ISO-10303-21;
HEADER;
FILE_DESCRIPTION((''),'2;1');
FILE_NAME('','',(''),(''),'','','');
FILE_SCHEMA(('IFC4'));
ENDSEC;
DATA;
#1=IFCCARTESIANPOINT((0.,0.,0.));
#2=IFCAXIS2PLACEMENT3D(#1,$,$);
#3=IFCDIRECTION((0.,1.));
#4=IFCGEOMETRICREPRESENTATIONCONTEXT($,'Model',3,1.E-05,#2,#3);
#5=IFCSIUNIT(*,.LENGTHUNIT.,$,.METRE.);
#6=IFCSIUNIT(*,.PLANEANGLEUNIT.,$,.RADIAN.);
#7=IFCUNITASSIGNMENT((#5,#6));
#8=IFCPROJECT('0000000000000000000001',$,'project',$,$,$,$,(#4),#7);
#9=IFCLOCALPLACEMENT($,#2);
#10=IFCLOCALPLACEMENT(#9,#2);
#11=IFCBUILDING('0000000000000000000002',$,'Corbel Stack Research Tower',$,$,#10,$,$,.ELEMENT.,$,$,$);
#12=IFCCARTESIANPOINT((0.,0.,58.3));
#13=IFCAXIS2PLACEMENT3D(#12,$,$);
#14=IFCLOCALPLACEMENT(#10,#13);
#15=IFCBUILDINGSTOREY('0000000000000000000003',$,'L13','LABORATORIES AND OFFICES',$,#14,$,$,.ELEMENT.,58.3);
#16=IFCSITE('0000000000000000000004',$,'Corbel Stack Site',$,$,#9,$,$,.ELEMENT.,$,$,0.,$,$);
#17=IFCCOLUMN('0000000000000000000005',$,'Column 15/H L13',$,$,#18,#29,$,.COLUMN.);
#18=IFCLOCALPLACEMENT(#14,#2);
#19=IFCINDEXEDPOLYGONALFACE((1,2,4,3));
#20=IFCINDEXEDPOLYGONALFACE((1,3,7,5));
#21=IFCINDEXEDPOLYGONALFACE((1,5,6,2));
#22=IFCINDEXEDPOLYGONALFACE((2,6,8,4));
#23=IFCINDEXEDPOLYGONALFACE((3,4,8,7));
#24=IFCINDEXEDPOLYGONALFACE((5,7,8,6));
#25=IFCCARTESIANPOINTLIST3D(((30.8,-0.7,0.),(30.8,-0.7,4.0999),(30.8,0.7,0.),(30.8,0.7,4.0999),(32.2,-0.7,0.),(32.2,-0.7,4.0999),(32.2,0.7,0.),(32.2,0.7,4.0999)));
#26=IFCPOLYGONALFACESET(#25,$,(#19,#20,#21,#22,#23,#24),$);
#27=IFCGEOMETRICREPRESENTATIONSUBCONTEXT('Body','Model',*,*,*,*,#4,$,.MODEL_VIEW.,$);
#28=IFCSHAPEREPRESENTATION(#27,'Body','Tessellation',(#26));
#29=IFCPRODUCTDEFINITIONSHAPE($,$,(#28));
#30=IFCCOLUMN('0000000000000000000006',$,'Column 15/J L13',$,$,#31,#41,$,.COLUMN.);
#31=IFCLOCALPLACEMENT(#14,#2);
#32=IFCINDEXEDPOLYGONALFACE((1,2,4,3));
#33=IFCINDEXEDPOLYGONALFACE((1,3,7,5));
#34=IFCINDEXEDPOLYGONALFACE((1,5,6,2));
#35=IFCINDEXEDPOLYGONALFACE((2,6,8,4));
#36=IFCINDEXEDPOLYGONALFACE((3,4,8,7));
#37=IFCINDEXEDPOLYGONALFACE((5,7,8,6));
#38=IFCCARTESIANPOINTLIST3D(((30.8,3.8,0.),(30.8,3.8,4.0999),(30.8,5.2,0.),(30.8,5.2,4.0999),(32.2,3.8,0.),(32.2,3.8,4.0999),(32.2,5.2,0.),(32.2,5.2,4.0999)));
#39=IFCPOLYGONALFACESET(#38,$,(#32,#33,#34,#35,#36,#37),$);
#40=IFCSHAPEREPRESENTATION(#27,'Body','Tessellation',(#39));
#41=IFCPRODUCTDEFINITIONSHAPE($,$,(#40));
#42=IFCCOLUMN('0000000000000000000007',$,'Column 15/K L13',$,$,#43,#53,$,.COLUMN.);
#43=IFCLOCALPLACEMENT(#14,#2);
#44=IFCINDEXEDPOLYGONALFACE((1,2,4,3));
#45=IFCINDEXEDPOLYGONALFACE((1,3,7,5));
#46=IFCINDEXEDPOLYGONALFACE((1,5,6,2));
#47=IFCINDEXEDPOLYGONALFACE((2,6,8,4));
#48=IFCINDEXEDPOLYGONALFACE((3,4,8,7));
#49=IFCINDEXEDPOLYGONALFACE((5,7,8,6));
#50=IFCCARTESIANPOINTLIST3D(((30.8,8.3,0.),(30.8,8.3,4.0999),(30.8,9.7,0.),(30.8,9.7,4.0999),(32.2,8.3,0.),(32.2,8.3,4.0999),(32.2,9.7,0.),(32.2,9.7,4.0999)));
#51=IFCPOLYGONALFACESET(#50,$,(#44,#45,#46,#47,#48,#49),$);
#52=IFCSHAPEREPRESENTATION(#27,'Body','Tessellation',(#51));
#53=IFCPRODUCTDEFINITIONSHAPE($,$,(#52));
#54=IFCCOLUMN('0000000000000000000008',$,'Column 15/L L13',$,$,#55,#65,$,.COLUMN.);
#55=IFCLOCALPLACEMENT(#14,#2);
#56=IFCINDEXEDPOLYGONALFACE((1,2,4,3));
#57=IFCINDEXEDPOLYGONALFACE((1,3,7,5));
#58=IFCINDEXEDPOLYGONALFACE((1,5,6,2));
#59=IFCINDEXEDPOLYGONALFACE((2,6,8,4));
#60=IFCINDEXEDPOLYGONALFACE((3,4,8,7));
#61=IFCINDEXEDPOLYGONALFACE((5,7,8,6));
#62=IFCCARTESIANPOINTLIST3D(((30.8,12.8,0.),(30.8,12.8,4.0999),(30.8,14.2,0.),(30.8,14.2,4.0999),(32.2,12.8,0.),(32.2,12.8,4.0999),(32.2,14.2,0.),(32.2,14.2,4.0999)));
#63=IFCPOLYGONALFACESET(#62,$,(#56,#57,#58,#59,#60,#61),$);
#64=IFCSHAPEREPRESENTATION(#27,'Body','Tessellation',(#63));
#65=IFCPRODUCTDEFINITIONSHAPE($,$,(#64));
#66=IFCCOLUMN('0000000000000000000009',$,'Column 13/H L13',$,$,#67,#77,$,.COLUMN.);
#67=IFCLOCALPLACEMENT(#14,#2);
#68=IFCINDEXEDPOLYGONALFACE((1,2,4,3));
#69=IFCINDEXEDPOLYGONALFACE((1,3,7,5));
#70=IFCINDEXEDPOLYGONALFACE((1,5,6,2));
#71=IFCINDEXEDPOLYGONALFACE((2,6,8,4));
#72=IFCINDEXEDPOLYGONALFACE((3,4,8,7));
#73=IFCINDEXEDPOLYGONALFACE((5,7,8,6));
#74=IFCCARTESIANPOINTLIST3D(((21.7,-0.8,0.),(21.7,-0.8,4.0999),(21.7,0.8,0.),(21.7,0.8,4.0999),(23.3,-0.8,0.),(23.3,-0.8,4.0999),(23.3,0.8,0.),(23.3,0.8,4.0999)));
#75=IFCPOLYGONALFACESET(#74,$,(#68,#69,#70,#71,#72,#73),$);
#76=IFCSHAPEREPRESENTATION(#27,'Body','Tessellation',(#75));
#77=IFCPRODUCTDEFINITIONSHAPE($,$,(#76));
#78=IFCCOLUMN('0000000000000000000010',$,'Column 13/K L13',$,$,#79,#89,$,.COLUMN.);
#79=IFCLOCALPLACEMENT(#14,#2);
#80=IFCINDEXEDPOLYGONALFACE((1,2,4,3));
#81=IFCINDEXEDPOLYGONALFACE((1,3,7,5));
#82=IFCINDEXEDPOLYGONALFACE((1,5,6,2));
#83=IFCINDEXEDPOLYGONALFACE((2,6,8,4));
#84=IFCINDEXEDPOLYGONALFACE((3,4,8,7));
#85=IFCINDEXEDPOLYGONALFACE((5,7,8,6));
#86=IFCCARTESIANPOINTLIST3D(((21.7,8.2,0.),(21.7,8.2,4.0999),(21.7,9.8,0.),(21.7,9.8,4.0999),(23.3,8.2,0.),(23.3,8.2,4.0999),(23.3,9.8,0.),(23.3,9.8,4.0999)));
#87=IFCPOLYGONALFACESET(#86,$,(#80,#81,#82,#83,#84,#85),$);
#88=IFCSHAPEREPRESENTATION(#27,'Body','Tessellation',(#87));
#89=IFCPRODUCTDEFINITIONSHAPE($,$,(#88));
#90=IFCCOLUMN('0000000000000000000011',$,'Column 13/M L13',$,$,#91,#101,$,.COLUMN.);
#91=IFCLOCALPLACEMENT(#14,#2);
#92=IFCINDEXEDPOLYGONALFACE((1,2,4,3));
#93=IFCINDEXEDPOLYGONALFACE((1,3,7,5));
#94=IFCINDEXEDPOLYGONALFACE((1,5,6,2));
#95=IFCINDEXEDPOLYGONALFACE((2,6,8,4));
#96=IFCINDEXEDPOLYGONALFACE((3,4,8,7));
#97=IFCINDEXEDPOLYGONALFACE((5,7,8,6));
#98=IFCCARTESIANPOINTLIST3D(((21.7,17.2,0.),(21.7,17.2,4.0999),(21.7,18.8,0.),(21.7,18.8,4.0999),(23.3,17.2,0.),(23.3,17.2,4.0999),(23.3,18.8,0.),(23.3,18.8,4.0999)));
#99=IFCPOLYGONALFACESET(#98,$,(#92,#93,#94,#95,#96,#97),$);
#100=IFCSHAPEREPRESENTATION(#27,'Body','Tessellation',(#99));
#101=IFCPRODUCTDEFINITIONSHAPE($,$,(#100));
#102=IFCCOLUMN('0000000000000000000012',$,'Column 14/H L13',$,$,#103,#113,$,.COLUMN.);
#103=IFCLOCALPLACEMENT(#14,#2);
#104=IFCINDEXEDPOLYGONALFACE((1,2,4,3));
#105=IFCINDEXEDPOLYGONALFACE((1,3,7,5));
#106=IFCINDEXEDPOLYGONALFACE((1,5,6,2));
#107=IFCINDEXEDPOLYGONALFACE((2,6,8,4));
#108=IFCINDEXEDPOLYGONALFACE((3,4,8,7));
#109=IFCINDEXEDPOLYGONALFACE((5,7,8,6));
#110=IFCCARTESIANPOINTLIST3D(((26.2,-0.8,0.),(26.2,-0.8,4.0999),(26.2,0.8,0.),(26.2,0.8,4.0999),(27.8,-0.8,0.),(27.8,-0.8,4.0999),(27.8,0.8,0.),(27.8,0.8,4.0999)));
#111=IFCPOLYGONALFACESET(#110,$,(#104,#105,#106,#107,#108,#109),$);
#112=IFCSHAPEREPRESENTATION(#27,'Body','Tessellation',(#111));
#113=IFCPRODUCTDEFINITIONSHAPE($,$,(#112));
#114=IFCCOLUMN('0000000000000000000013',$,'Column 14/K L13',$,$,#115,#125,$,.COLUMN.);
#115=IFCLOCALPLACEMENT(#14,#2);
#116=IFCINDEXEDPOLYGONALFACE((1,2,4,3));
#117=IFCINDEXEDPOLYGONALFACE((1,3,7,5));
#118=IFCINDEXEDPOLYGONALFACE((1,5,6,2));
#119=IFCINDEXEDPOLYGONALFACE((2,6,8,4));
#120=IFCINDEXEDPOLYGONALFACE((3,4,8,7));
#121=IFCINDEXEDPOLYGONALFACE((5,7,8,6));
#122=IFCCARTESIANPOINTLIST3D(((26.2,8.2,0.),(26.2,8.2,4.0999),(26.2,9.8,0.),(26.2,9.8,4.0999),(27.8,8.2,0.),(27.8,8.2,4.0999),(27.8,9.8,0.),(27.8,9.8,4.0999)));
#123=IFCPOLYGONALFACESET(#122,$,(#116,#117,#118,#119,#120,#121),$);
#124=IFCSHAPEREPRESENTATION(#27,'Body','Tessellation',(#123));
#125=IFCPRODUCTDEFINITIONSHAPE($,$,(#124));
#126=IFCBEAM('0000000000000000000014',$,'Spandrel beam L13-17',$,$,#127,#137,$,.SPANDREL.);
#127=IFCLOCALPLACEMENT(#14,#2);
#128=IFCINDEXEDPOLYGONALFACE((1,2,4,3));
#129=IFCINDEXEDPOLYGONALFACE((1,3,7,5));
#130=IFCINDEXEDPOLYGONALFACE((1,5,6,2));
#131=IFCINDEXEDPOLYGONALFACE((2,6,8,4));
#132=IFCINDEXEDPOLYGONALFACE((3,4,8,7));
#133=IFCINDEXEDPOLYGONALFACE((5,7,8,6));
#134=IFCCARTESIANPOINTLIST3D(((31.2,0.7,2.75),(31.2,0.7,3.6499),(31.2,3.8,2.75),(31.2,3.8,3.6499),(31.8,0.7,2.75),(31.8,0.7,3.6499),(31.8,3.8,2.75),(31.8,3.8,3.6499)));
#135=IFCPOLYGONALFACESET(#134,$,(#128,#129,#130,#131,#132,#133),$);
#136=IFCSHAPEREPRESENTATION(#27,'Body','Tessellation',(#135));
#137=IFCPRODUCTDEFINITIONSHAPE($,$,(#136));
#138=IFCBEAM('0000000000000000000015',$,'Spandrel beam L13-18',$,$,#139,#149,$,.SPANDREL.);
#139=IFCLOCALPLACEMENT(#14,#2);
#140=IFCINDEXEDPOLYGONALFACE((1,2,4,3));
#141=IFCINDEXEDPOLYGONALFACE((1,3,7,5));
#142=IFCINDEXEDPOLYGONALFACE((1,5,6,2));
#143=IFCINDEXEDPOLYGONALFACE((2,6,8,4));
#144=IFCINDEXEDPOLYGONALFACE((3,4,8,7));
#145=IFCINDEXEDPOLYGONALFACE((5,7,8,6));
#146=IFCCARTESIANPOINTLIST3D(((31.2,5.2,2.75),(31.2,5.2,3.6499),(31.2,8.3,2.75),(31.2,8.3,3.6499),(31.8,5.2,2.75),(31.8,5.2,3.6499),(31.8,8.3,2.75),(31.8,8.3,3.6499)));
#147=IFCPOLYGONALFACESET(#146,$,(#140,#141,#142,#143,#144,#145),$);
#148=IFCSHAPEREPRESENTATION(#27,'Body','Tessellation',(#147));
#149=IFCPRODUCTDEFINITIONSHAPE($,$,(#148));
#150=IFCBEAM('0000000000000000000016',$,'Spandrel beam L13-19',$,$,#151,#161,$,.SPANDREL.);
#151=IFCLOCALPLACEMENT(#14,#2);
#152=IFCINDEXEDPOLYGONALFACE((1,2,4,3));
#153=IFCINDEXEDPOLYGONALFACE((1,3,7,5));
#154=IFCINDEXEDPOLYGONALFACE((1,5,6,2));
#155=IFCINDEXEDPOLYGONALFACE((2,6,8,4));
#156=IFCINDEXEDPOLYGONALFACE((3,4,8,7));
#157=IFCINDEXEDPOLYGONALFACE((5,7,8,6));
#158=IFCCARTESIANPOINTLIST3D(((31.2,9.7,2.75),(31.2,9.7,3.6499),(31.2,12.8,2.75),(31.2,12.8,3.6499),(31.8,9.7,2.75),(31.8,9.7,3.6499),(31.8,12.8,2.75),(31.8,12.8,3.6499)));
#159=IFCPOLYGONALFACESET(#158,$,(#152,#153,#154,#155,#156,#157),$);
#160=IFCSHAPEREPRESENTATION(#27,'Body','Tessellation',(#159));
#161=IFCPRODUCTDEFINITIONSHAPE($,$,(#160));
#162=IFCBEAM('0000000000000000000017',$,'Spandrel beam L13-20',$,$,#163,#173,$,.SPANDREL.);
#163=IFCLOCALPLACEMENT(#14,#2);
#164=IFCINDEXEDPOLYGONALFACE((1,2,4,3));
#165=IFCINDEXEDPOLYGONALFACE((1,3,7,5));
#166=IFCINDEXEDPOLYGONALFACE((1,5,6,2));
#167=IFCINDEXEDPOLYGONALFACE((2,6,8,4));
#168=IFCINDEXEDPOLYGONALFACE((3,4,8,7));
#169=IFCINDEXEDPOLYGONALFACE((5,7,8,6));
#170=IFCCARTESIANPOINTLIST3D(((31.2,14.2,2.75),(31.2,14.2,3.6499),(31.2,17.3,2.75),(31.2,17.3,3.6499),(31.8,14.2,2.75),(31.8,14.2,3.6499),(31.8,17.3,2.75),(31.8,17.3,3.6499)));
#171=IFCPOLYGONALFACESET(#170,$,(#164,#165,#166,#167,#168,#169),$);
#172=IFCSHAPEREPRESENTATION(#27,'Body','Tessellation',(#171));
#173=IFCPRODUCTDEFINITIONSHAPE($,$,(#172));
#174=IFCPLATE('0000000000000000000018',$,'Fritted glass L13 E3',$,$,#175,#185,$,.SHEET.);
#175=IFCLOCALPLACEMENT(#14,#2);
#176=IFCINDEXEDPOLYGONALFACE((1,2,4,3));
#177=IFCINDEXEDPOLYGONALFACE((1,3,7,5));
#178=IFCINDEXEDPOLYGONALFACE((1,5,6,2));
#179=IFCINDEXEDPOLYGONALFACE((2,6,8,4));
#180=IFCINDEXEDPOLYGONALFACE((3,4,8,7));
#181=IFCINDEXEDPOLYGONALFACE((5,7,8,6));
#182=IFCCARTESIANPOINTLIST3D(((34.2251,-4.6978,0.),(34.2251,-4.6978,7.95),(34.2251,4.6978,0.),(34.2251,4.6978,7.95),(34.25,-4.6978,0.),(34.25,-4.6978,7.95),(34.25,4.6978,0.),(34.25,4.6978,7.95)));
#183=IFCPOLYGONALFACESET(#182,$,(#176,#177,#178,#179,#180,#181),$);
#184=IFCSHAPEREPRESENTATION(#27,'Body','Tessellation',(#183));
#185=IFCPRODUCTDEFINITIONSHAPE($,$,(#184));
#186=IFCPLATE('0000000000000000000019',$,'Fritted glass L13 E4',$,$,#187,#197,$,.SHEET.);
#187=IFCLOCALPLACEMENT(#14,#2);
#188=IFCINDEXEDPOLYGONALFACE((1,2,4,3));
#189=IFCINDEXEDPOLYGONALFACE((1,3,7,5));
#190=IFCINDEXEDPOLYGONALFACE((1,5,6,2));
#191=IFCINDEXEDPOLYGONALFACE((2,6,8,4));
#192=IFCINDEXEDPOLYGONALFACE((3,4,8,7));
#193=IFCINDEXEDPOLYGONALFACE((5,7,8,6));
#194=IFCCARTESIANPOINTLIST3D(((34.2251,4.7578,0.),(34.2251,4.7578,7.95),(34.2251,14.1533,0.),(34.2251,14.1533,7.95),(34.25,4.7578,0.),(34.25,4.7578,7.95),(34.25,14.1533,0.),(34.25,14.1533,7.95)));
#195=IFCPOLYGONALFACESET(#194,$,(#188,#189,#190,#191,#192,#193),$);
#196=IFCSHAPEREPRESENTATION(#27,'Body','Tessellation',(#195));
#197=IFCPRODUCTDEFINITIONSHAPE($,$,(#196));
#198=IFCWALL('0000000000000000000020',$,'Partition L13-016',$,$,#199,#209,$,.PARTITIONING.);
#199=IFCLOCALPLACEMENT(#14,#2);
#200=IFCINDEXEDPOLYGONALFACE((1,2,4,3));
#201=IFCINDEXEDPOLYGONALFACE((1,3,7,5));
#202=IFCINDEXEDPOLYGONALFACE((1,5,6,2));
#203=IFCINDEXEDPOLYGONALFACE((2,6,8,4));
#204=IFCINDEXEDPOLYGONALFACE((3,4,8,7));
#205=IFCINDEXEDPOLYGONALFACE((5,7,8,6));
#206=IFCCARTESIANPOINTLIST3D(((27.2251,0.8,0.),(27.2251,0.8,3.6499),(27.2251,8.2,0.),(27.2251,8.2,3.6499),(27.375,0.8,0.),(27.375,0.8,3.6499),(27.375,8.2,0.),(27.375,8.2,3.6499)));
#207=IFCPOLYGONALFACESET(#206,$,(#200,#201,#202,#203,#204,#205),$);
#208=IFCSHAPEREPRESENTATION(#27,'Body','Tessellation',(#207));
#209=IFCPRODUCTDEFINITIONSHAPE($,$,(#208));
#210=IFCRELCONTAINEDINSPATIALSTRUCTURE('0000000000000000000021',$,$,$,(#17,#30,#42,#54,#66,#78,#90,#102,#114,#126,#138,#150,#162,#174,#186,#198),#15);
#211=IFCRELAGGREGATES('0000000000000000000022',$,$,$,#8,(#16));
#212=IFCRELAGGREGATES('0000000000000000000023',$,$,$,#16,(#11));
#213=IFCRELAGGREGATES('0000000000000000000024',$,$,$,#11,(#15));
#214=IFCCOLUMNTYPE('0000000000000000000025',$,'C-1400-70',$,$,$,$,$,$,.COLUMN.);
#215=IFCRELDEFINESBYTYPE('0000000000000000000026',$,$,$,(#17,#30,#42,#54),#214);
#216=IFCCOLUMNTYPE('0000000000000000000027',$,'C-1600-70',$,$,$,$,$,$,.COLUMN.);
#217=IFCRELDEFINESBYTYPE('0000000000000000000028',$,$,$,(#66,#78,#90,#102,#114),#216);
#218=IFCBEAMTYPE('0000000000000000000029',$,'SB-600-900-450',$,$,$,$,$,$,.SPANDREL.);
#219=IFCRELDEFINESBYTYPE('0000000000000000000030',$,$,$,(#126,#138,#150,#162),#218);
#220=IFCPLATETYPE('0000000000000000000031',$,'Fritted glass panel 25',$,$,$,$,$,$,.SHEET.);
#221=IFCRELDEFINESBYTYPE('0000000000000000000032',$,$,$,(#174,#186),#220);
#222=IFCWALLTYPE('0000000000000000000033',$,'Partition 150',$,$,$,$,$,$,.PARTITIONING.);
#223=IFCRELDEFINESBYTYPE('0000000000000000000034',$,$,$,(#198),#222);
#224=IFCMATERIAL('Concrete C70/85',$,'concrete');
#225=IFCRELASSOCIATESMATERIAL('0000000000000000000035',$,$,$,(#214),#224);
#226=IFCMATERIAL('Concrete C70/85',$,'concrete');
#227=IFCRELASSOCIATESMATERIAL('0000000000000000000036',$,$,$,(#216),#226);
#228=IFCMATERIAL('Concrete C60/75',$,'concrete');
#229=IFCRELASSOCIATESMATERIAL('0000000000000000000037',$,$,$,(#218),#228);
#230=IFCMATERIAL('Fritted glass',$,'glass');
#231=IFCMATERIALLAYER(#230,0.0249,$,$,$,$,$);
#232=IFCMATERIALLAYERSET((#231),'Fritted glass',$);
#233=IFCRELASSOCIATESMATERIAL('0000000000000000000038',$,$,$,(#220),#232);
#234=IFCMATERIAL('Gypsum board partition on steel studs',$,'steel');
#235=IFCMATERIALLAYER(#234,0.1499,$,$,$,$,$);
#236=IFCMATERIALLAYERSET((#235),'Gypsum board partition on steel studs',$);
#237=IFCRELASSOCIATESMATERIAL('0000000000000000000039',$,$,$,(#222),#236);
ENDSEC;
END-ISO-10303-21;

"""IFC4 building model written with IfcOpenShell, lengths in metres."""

from ifc_helpers import new_model, si_unit, direction, frame, frame_2d, origin, origin_2d, place, context, subcontext, project, spatial, rectangle, extrude, material, layer, layer_set, material_profile, profile_set, type_object, element, save


model = new_model("IFC4")

# Units and contexts
model_context = context("Model", 3, precision=1e-05, world=origin(), true_north=direction((0.0, 1.0)))
body_context = subcontext(model_context, "Body", "Model", "MODEL_VIEW")
ifc_project = project(units=[si_unit("LENGTHUNIT", "METRE"), si_unit("PLANEANGLEUNIT", "RADIAN")], contexts=[model_context])

# Site, building, storey
site_placement = place(None, origin())
site = spatial("IfcSite", under=ifc_project, at=site_placement, Name="Corbel Stack Site", CompositionType="ELEMENT", RefElevation=0.0)
building_placement = place(site_placement, origin())
building = spatial("IfcBuilding", under=site, at=building_placement, Name="Corbel Stack Research Tower", CompositionType="ELEMENT")
storey_placement = place(building_placement, frame((0.0, 0.0, 58.3)))
storey = spatial("IfcBuildingStorey", under=building, at=storey_placement, Name="L13", Description="LABORATORIES AND OFFICES", CompositionType="ELEMENT", Elevation=58.3)

# Columns
ifc_material_1 = material(Name="Concrete C70/85", Category="concrete")
ifc_material_profile_1 = material_profile(ifc_material_1, rectangle(XDim=1.3999, YDim=1.3999, at=origin_2d()), Name="RC 1400 x 1400")
ifc_profile_set_1 = profile_set([ifc_material_profile_1], Name="Concrete C70/85")
column_type_1 = type_object("IfcColumnType", Name="C-1400-70", PredefinedType="COLUMN", material=ifc_profile_set_1)
for number, where, z_axis, x_axis, name in (
    (1, (31.5, 0.0, 0.0), (0.0, 0.0, 1.0), (1.0, 0.0, 0.0), "Column 15/H L13"),
    (2, (31.5, 4.5, 0.0), (0.0, 0.0, 1.0), (1.0, 0.0, 0.0), "Column 15/J L13"),
    (3, (31.5, 9.0, 0.0), (0.0, 0.0, 1.0), (1.0, 0.0, 0.0), "Column 15/K L13"),
    (4, (31.5, 13.5, 0.0), (0.0, 0.0, 1.0), (1.0, 0.0, 0.0), "Column 15/L L13"),
):
    element("IfcColumn", number, at=place(storey_placement, frame(where, z_axis=z_axis, x_axis=x_axis)), inside=storey, type_object=column_type_1, Name=name, PredefinedType="COLUMN", context=body_context, shape_type="SweptSolid", body=[
        extrude(rectangle(XDim=1.3999, YDim=1.3999, at=origin_2d()), origin(), (0.0, 0.0, 1.0), 4.0999),
    ])
ifc_material_2 = material(Name="Concrete C70/85", Category="concrete")
ifc_material_profile_2 = material_profile(ifc_material_2, rectangle(XDim=1.6001, YDim=1.6001, at=origin_2d()), Name="RC 1600 x 1600")
ifc_profile_set_2 = profile_set([ifc_material_profile_2], Name="Concrete C70/85")
column_type_2 = type_object("IfcColumnType", Name="C-1600-70", PredefinedType="COLUMN", material=ifc_profile_set_2)
for number, where, z_axis, x_axis, name in (
    (5, (22.5, 0.0, 0.0), (0.0, 0.0, 1.0), (1.0, 0.0, 0.0), "Column 13/H L13"),
    (6, (22.5, 9.0, 0.0), (0.0, 0.0, 1.0), (1.0, 0.0, 0.0), "Column 13/K L13"),
    (7, (22.5, 18.0, 0.0), (0.0, 0.0, 1.0), (1.0, 0.0, 0.0), "Column 13/M L13"),
    (8, (27.0, 0.0, 0.0), (0.0, 0.0, 1.0), (1.0, 0.0, 0.0), "Column 14/H L13"),
    (9, (27.0, 9.0, 0.0), (0.0, 0.0, 1.0), (1.0, 0.0, 0.0), "Column 14/K L13"),
):
    element("IfcColumn", number, at=place(storey_placement, frame(where, z_axis=z_axis, x_axis=x_axis)), inside=storey, type_object=column_type_2, Name=name, PredefinedType="COLUMN", context=body_context, shape_type="SweptSolid", body=[
        extrude(rectangle(XDim=1.6001, YDim=1.6001, at=origin_2d()), origin(), (0.0, 0.0, 1.0), 4.0999),
    ])

# Beams
ifc_material_3 = material(Name="Concrete C60/75", Category="concrete")
ifc_material_profile_3 = material_profile(ifc_material_3, rectangle(XDim=0.6001, YDim=0.8999, at=origin_2d()), Name="RC 600 x 900")
ifc_profile_set_3 = profile_set([ifc_material_profile_3], Name="Concrete C60/75")
beam_type = type_object("IfcBeamType", Name="SB-600-900-450", PredefinedType="SPANDREL", material=ifc_profile_set_3)
for number, where, z_axis, x_axis, name in (
    (10, (31.5, 0.7, 3.2), (0.0, 1.0, 0.0), (-1.0, 0.0, 0.0), "Spandrel beam L13-17"),
    (11, (31.5, 5.2, 3.2), (0.0, 1.0, 0.0), (-1.0, 0.0, 0.0), "Spandrel beam L13-18"),
    (12, (31.5, 9.7, 3.2), (0.0, 1.0, 0.0), (-1.0, 0.0, 0.0), "Spandrel beam L13-19"),
    (13, (31.5, 14.2, 3.2), (0.0, 1.0, 0.0), (-1.0, 0.0, 0.0), "Spandrel beam L13-20"),
):
    element("IfcBeam", number, at=place(storey_placement, frame(where, z_axis=z_axis, x_axis=x_axis)), inside=storey, type_object=beam_type, Name=name, PredefinedType="SPANDREL", context=body_context, shape_type="SweptSolid", body=[
        extrude(rectangle(XDim=0.6001, YDim=0.8999, at=origin_2d()), origin(), (0.0, 0.0, 1.0), 3.1001),
    ])

# Plates
ifc_material_4 = material(Name="Fritted glass", Category="glass")
ifc_layer_1 = layer(ifc_material_4, 0.0249)
ifc_layer_set_1 = layer_set([ifc_layer_1], Name="Fritted glass")
plate_type = type_object("IfcPlateType", Name="Fritted glass panel 25", PredefinedType="SHEET", material=ifc_layer_set_1)
for number, where, z_axis, x_axis, name in (
    (14, (34.2375, 0.0, 0.0), (0.0, 0.0, 1.0), (0.0, 1.0, 0.0), "Fritted glass L13 E3"),
    (15, (34.2375, 9.4556, 0.0), (0.0, 0.0, 1.0), (0.0, 1.0, 0.0), "Fritted glass L13 E4"),
):
    element("IfcPlate", number, at=place(storey_placement, frame(where, z_axis=z_axis, x_axis=x_axis)), inside=storey, type_object=plate_type, Name=name, PredefinedType="SHEET", context=body_context, shape_type="SweptSolid", body=[
        extrude(rectangle(XDim=9.3955, YDim=0.0249, at=origin_2d()), origin(), (0.0, 0.0, 1.0), 7.95),
    ])

# Wall
ifc_material_5 = material(Name="Gypsum board partition on steel studs", Category="steel")
ifc_layer_2 = layer(ifc_material_5, 0.1499)
ifc_layer_set_2 = layer_set([ifc_layer_2], Name="Gypsum board partition on steel studs")
wall_type_1 = type_object("IfcWallType", Name="Partition 150", PredefinedType="PARTITIONING", material=ifc_layer_set_2)
wall_1_placement = place(storey_placement, frame((27.3, 0.8, 0.0), z_axis=(0.0, 0.0, 1.0), x_axis=(0.0, 1.0, 0.0)))
element("IfcWall", 16, at=wall_1_placement, inside=storey, type_object=wall_type_1, Name="Partition L13-016", PredefinedType="PARTITIONING", context=body_context, shape_type="SweptSolid", body=[
    extrude(rectangle(XDim=7.3999, YDim=0.1499, at=frame_2d((3.7, 0.0))), origin(), (0.0, 0.0, 1.0), 3.6499),
])

save(model, "model.ifc")
